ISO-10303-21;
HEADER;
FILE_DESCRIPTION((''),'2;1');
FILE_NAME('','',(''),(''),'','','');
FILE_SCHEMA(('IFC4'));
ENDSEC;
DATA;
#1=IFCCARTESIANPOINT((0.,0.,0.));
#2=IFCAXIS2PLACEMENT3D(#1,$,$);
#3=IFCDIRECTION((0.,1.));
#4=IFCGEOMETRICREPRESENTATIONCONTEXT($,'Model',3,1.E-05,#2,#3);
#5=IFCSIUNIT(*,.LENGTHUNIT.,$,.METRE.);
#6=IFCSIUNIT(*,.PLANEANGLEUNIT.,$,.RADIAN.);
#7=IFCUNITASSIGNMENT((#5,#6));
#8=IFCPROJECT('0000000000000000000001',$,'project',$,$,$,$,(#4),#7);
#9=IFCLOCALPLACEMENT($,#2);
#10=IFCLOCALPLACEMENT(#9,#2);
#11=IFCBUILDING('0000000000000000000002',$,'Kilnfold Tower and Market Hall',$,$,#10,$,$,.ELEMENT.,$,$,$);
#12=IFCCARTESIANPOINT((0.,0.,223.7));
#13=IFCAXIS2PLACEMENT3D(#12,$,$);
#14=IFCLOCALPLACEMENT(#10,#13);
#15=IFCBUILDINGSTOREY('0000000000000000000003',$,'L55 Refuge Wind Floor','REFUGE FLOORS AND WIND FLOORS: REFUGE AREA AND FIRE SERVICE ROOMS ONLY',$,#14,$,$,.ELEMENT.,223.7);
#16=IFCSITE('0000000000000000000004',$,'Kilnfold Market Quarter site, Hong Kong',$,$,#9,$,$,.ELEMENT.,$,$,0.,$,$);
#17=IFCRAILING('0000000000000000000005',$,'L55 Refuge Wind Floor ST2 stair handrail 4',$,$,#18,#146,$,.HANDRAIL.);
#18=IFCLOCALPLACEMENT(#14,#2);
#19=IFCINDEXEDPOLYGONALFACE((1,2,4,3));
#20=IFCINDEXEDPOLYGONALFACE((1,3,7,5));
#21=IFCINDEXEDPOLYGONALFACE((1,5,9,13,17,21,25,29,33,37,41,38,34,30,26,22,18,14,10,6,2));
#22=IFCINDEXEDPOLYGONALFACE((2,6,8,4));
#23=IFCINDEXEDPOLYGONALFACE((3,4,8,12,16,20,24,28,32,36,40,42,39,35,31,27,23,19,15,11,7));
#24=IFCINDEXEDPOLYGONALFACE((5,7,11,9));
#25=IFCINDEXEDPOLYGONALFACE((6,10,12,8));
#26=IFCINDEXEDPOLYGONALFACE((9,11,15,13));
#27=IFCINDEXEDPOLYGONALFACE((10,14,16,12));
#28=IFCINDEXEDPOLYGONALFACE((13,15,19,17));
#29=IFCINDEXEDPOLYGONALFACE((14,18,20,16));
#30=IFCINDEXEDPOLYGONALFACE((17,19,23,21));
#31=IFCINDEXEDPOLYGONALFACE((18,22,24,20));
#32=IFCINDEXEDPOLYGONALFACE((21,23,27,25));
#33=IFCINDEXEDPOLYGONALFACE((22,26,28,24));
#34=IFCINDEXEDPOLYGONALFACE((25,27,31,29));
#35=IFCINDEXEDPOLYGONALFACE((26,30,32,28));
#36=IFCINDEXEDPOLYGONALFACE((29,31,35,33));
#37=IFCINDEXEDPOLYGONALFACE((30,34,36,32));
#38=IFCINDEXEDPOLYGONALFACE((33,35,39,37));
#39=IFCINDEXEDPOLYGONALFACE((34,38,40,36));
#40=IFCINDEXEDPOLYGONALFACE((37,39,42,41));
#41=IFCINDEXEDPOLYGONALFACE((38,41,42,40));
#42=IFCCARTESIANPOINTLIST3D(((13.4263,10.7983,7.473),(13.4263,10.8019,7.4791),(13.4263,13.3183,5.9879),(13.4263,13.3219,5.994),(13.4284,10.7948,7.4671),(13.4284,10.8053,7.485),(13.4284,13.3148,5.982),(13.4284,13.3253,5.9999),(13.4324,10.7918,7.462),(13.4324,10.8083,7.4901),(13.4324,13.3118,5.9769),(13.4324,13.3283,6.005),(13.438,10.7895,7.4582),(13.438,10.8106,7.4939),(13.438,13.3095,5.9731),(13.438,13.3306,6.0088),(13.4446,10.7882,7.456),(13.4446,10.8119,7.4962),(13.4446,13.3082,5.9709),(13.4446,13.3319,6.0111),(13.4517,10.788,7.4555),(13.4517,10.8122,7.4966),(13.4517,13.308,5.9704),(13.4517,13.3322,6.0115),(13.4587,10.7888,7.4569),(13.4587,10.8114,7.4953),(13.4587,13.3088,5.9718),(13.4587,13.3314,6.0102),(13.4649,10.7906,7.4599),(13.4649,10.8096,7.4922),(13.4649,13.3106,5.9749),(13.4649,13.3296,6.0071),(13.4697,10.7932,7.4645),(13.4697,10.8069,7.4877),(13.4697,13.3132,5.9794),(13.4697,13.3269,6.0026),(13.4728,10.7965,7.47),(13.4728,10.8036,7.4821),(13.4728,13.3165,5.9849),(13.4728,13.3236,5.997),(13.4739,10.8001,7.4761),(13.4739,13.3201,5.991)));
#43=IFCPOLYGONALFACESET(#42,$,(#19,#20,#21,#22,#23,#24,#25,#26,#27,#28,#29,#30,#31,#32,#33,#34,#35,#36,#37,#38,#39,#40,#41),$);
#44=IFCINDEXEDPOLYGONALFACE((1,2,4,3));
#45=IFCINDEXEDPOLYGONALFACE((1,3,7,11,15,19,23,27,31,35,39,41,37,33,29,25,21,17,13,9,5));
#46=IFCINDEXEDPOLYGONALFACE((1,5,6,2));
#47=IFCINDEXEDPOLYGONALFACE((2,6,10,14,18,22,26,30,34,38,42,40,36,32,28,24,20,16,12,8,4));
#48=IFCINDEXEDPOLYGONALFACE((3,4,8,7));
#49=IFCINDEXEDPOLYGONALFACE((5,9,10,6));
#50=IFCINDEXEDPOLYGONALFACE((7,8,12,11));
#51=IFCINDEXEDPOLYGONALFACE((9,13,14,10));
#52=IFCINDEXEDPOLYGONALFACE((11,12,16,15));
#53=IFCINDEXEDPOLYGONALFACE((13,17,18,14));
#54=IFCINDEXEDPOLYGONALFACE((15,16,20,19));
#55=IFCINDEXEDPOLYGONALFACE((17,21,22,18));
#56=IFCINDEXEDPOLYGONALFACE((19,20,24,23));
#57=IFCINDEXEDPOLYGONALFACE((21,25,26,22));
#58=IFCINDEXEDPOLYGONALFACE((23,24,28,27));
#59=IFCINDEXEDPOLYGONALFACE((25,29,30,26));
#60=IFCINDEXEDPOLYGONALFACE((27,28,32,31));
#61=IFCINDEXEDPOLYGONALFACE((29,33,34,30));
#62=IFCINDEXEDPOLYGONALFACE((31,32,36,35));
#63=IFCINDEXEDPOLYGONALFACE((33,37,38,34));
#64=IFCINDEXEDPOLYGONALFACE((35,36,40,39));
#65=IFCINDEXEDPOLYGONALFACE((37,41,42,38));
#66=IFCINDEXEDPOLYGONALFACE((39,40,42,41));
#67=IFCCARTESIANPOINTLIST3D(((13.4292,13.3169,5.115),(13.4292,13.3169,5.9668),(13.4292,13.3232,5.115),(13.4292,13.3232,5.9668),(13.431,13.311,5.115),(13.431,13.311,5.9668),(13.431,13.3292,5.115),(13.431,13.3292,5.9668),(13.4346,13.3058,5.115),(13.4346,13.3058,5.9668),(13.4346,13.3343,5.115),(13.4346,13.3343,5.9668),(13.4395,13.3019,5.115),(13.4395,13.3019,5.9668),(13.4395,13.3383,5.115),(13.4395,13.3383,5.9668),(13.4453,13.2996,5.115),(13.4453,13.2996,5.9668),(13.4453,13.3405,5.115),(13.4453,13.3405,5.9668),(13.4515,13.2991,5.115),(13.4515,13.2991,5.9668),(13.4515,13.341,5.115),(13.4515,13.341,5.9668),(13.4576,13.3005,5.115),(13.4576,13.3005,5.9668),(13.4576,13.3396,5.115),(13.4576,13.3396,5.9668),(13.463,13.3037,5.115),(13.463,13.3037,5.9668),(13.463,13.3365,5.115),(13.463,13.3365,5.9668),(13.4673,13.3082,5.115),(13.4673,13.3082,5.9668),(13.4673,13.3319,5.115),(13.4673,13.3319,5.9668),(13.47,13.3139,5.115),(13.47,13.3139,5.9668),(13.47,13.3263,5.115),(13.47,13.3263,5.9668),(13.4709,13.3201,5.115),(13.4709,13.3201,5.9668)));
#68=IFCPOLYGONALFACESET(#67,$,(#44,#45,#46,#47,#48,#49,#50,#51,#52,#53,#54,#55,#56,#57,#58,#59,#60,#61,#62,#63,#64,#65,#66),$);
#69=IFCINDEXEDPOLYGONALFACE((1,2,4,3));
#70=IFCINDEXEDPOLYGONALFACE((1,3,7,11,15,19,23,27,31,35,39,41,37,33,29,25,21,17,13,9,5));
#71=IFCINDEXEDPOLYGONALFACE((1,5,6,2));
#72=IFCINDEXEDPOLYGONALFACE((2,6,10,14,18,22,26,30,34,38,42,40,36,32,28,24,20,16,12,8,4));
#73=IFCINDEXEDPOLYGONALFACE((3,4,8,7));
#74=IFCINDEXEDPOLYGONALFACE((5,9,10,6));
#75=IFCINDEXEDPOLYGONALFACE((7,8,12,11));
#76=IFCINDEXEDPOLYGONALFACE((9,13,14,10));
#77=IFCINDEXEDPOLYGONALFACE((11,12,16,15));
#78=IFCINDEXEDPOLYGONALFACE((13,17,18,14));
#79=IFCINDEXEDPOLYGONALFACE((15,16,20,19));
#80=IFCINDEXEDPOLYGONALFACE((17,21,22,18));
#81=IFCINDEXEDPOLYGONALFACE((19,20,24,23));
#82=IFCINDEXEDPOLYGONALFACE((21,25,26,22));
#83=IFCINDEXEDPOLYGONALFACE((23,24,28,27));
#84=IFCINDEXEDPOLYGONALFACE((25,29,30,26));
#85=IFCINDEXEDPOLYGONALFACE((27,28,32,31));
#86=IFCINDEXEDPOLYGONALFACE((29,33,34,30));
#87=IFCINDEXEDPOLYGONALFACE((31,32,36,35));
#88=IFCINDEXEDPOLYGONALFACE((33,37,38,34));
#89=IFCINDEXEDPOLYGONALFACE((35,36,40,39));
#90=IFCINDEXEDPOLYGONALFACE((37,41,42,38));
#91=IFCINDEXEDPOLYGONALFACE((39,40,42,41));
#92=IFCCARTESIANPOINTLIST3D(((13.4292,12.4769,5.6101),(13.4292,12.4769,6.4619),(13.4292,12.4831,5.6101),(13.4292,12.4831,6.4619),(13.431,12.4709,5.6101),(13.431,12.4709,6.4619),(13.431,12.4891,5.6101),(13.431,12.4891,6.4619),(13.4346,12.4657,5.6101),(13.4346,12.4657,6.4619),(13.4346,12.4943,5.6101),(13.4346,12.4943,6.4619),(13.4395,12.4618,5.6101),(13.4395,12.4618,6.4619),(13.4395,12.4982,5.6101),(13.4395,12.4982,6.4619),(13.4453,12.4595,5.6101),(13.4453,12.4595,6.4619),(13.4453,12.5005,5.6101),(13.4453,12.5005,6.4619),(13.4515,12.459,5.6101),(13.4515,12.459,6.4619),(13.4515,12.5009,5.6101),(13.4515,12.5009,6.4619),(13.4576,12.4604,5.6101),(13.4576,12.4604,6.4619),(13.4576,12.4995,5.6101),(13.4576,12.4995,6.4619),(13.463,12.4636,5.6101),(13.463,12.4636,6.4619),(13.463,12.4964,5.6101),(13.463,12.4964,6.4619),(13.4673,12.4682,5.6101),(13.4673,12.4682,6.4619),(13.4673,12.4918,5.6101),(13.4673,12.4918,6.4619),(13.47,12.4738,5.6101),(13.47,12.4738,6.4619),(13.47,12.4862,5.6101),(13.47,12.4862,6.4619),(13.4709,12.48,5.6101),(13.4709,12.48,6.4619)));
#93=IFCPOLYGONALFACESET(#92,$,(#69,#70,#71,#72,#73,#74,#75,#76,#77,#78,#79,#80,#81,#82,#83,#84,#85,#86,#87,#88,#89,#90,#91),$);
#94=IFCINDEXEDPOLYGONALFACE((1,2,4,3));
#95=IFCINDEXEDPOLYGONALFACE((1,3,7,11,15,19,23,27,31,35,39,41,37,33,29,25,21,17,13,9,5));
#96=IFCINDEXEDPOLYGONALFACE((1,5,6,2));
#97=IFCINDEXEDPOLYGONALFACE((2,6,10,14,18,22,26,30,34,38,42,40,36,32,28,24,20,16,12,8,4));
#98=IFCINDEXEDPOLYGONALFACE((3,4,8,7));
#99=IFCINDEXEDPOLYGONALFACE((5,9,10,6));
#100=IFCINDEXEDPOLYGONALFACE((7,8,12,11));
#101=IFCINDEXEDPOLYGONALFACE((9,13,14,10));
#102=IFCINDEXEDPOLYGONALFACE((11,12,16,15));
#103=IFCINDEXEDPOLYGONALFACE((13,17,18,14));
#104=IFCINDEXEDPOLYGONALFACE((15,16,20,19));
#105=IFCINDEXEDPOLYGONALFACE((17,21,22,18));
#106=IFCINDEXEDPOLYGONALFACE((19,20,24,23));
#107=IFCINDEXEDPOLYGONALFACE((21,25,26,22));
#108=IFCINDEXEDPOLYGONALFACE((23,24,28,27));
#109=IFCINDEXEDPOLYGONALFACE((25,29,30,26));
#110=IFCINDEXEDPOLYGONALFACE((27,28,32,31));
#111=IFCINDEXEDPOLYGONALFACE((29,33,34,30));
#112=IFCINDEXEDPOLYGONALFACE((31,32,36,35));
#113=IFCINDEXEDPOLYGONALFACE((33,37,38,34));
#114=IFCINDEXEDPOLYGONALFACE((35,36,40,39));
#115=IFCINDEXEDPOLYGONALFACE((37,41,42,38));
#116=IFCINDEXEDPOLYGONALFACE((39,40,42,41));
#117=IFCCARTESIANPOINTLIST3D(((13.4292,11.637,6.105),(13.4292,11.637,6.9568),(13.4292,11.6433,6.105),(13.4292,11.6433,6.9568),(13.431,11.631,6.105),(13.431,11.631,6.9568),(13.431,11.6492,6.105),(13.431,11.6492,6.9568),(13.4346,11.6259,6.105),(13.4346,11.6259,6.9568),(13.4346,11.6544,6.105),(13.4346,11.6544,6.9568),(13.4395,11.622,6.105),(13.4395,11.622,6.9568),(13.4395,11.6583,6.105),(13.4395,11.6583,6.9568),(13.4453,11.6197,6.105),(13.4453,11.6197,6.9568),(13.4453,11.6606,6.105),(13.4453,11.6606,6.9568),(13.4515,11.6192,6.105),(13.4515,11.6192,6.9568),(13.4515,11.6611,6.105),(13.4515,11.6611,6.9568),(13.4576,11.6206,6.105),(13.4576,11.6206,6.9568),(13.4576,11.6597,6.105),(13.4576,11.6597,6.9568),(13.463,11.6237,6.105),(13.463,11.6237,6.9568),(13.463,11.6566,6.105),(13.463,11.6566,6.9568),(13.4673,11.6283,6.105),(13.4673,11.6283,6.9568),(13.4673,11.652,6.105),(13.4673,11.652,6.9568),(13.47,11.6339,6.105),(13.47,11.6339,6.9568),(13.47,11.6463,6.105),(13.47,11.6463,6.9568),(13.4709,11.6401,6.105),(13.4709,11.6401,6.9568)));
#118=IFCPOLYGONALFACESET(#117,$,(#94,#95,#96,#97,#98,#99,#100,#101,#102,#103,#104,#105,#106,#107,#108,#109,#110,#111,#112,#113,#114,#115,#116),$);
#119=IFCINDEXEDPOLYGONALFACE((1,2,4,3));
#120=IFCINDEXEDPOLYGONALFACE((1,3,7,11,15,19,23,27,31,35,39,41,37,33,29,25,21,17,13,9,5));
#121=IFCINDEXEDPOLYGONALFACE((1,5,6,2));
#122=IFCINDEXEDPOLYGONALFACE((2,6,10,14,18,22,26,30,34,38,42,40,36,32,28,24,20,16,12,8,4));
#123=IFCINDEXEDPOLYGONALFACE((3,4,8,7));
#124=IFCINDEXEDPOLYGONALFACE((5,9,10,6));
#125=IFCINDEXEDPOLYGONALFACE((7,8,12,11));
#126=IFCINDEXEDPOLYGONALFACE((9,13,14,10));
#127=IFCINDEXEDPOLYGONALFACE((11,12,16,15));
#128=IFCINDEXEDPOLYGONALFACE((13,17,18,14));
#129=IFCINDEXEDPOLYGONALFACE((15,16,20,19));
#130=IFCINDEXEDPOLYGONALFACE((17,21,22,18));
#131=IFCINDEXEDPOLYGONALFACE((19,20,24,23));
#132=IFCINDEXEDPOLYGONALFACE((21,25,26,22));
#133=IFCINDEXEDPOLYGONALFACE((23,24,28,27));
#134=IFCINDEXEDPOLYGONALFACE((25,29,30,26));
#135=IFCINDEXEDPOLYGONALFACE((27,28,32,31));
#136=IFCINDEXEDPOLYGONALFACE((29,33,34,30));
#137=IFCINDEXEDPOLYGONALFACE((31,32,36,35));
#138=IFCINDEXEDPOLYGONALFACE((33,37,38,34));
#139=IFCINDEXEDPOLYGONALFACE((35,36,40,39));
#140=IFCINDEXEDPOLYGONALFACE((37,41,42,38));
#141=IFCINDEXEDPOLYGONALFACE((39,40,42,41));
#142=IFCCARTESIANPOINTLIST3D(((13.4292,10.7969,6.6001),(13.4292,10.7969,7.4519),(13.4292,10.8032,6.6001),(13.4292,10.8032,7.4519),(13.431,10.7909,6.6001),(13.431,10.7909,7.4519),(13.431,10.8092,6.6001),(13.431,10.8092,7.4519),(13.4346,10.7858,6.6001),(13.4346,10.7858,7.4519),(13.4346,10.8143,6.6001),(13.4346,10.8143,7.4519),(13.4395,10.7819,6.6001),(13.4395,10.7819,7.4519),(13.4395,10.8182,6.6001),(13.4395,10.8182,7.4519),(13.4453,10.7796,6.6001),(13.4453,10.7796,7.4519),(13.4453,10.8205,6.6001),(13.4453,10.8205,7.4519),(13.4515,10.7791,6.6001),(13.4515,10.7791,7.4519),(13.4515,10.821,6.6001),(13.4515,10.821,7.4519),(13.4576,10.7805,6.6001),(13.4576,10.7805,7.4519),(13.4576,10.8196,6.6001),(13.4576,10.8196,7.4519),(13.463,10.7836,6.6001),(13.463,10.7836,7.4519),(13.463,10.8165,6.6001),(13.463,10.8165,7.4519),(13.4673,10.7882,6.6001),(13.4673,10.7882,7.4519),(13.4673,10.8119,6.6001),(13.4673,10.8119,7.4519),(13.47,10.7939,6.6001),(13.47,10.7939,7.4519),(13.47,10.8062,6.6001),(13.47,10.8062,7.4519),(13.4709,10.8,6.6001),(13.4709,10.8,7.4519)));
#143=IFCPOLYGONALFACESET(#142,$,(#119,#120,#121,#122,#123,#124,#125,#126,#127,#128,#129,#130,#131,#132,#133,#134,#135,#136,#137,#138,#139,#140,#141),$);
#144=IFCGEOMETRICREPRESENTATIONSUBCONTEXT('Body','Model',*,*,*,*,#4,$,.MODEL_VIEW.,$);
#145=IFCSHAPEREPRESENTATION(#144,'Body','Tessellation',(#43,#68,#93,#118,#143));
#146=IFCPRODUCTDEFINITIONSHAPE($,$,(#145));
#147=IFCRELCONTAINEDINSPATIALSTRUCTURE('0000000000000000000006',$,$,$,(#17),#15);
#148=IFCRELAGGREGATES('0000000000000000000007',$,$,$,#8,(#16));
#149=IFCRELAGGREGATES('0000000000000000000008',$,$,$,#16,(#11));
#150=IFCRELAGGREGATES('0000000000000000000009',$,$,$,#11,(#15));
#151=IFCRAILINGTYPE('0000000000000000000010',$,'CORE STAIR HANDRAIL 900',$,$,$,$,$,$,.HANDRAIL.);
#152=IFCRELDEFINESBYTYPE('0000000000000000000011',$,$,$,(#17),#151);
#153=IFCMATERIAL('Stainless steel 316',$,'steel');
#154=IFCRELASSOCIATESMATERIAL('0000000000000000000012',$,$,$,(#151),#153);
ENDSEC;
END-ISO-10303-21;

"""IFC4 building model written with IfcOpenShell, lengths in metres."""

from ifc_helpers import new_model, si_unit, direction, frame, origin, origin_2d, place, context, subcontext, project, spatial, circle, extrude, material, type_object, element, save


model = new_model("IFC4")

# Units and contexts
model_context = context("Model", 3, precision=1e-05, world=origin(), true_north=direction((0.0, 1.0)))
body_context = subcontext(model_context, "Body", "Model", "MODEL_VIEW")
ifc_project = project(units=[si_unit("LENGTHUNIT", "METRE"), si_unit("PLANEANGLEUNIT", "RADIAN")], contexts=[model_context])

# Site, building, storey
site_placement = place(None, origin())
site = spatial("IfcSite", under=ifc_project, at=site_placement, Name="Kilnfold Market Quarter site, Hong Kong", CompositionType="ELEMENT", RefElevation=0.0)
building_placement = place(site_placement, origin())
building = spatial("IfcBuilding", under=site, at=building_placement, Name="Kilnfold Tower and Market Hall", CompositionType="ELEMENT")
storey_placement = place(building_placement, frame((0.0, 0.0, 223.7)))
storey = spatial("IfcBuildingStorey", under=building, at=storey_placement, Name="L55 Refuge Wind Floor", Description="REFUGE FLOORS AND WIND FLOORS: REFUGE AREA AND FIRE SERVICE ROOMS ONLY", CompositionType="ELEMENT", Elevation=223.7)

# Railing
ifc_material_1 = material(Name="Stainless steel 316", Category="steel")
railing_type = type_object("IfcRailingType", Name="CORE STAIR HANDRAIL 900", PredefinedType="HANDRAIL", material=ifc_material_1)
for number, where, name in (
    (1, (13.45, 13.3201, 5.115), "L55 Refuge Wind Floor ST2 stair handrail 4"),
):
    element("IfcRailing", number, at=place(storey_placement, frame(where)), inside=storey, type_object=railing_type, Name=name, PredefinedType="HANDRAIL", context=body_context, shape_type="SweptSolid", body=[
        extrude(circle(Radius=0.0239, at=origin_2d()), frame((0.0, 0.0, 0.876), z_axis=(0.0, -0.861524, 0.507717), x_axis=(1.0, 0.0, 0.0)), (0.0, 0.0, 1.0), 2.925),
        extrude(circle(Radius=0.021, at=origin_2d()), origin(), (0.0, 0.0, 1.0), 0.8518),
        extrude(circle(Radius=0.021, at=origin_2d()), frame((0.0, -0.8401, 0.4951)), (0.0, 0.0, 1.0), 0.8518),
        extrude(circle(Radius=0.021, at=origin_2d()), frame((0.0, -1.6799, 0.99)), (0.0, 0.0, 1.0), 0.8518),
        extrude(circle(Radius=0.021, at=origin_2d()), frame((0.0, -2.52, 1.4851)), (0.0, 0.0, 1.0), 0.8518),
    ])

save(model, "model.ifc")
